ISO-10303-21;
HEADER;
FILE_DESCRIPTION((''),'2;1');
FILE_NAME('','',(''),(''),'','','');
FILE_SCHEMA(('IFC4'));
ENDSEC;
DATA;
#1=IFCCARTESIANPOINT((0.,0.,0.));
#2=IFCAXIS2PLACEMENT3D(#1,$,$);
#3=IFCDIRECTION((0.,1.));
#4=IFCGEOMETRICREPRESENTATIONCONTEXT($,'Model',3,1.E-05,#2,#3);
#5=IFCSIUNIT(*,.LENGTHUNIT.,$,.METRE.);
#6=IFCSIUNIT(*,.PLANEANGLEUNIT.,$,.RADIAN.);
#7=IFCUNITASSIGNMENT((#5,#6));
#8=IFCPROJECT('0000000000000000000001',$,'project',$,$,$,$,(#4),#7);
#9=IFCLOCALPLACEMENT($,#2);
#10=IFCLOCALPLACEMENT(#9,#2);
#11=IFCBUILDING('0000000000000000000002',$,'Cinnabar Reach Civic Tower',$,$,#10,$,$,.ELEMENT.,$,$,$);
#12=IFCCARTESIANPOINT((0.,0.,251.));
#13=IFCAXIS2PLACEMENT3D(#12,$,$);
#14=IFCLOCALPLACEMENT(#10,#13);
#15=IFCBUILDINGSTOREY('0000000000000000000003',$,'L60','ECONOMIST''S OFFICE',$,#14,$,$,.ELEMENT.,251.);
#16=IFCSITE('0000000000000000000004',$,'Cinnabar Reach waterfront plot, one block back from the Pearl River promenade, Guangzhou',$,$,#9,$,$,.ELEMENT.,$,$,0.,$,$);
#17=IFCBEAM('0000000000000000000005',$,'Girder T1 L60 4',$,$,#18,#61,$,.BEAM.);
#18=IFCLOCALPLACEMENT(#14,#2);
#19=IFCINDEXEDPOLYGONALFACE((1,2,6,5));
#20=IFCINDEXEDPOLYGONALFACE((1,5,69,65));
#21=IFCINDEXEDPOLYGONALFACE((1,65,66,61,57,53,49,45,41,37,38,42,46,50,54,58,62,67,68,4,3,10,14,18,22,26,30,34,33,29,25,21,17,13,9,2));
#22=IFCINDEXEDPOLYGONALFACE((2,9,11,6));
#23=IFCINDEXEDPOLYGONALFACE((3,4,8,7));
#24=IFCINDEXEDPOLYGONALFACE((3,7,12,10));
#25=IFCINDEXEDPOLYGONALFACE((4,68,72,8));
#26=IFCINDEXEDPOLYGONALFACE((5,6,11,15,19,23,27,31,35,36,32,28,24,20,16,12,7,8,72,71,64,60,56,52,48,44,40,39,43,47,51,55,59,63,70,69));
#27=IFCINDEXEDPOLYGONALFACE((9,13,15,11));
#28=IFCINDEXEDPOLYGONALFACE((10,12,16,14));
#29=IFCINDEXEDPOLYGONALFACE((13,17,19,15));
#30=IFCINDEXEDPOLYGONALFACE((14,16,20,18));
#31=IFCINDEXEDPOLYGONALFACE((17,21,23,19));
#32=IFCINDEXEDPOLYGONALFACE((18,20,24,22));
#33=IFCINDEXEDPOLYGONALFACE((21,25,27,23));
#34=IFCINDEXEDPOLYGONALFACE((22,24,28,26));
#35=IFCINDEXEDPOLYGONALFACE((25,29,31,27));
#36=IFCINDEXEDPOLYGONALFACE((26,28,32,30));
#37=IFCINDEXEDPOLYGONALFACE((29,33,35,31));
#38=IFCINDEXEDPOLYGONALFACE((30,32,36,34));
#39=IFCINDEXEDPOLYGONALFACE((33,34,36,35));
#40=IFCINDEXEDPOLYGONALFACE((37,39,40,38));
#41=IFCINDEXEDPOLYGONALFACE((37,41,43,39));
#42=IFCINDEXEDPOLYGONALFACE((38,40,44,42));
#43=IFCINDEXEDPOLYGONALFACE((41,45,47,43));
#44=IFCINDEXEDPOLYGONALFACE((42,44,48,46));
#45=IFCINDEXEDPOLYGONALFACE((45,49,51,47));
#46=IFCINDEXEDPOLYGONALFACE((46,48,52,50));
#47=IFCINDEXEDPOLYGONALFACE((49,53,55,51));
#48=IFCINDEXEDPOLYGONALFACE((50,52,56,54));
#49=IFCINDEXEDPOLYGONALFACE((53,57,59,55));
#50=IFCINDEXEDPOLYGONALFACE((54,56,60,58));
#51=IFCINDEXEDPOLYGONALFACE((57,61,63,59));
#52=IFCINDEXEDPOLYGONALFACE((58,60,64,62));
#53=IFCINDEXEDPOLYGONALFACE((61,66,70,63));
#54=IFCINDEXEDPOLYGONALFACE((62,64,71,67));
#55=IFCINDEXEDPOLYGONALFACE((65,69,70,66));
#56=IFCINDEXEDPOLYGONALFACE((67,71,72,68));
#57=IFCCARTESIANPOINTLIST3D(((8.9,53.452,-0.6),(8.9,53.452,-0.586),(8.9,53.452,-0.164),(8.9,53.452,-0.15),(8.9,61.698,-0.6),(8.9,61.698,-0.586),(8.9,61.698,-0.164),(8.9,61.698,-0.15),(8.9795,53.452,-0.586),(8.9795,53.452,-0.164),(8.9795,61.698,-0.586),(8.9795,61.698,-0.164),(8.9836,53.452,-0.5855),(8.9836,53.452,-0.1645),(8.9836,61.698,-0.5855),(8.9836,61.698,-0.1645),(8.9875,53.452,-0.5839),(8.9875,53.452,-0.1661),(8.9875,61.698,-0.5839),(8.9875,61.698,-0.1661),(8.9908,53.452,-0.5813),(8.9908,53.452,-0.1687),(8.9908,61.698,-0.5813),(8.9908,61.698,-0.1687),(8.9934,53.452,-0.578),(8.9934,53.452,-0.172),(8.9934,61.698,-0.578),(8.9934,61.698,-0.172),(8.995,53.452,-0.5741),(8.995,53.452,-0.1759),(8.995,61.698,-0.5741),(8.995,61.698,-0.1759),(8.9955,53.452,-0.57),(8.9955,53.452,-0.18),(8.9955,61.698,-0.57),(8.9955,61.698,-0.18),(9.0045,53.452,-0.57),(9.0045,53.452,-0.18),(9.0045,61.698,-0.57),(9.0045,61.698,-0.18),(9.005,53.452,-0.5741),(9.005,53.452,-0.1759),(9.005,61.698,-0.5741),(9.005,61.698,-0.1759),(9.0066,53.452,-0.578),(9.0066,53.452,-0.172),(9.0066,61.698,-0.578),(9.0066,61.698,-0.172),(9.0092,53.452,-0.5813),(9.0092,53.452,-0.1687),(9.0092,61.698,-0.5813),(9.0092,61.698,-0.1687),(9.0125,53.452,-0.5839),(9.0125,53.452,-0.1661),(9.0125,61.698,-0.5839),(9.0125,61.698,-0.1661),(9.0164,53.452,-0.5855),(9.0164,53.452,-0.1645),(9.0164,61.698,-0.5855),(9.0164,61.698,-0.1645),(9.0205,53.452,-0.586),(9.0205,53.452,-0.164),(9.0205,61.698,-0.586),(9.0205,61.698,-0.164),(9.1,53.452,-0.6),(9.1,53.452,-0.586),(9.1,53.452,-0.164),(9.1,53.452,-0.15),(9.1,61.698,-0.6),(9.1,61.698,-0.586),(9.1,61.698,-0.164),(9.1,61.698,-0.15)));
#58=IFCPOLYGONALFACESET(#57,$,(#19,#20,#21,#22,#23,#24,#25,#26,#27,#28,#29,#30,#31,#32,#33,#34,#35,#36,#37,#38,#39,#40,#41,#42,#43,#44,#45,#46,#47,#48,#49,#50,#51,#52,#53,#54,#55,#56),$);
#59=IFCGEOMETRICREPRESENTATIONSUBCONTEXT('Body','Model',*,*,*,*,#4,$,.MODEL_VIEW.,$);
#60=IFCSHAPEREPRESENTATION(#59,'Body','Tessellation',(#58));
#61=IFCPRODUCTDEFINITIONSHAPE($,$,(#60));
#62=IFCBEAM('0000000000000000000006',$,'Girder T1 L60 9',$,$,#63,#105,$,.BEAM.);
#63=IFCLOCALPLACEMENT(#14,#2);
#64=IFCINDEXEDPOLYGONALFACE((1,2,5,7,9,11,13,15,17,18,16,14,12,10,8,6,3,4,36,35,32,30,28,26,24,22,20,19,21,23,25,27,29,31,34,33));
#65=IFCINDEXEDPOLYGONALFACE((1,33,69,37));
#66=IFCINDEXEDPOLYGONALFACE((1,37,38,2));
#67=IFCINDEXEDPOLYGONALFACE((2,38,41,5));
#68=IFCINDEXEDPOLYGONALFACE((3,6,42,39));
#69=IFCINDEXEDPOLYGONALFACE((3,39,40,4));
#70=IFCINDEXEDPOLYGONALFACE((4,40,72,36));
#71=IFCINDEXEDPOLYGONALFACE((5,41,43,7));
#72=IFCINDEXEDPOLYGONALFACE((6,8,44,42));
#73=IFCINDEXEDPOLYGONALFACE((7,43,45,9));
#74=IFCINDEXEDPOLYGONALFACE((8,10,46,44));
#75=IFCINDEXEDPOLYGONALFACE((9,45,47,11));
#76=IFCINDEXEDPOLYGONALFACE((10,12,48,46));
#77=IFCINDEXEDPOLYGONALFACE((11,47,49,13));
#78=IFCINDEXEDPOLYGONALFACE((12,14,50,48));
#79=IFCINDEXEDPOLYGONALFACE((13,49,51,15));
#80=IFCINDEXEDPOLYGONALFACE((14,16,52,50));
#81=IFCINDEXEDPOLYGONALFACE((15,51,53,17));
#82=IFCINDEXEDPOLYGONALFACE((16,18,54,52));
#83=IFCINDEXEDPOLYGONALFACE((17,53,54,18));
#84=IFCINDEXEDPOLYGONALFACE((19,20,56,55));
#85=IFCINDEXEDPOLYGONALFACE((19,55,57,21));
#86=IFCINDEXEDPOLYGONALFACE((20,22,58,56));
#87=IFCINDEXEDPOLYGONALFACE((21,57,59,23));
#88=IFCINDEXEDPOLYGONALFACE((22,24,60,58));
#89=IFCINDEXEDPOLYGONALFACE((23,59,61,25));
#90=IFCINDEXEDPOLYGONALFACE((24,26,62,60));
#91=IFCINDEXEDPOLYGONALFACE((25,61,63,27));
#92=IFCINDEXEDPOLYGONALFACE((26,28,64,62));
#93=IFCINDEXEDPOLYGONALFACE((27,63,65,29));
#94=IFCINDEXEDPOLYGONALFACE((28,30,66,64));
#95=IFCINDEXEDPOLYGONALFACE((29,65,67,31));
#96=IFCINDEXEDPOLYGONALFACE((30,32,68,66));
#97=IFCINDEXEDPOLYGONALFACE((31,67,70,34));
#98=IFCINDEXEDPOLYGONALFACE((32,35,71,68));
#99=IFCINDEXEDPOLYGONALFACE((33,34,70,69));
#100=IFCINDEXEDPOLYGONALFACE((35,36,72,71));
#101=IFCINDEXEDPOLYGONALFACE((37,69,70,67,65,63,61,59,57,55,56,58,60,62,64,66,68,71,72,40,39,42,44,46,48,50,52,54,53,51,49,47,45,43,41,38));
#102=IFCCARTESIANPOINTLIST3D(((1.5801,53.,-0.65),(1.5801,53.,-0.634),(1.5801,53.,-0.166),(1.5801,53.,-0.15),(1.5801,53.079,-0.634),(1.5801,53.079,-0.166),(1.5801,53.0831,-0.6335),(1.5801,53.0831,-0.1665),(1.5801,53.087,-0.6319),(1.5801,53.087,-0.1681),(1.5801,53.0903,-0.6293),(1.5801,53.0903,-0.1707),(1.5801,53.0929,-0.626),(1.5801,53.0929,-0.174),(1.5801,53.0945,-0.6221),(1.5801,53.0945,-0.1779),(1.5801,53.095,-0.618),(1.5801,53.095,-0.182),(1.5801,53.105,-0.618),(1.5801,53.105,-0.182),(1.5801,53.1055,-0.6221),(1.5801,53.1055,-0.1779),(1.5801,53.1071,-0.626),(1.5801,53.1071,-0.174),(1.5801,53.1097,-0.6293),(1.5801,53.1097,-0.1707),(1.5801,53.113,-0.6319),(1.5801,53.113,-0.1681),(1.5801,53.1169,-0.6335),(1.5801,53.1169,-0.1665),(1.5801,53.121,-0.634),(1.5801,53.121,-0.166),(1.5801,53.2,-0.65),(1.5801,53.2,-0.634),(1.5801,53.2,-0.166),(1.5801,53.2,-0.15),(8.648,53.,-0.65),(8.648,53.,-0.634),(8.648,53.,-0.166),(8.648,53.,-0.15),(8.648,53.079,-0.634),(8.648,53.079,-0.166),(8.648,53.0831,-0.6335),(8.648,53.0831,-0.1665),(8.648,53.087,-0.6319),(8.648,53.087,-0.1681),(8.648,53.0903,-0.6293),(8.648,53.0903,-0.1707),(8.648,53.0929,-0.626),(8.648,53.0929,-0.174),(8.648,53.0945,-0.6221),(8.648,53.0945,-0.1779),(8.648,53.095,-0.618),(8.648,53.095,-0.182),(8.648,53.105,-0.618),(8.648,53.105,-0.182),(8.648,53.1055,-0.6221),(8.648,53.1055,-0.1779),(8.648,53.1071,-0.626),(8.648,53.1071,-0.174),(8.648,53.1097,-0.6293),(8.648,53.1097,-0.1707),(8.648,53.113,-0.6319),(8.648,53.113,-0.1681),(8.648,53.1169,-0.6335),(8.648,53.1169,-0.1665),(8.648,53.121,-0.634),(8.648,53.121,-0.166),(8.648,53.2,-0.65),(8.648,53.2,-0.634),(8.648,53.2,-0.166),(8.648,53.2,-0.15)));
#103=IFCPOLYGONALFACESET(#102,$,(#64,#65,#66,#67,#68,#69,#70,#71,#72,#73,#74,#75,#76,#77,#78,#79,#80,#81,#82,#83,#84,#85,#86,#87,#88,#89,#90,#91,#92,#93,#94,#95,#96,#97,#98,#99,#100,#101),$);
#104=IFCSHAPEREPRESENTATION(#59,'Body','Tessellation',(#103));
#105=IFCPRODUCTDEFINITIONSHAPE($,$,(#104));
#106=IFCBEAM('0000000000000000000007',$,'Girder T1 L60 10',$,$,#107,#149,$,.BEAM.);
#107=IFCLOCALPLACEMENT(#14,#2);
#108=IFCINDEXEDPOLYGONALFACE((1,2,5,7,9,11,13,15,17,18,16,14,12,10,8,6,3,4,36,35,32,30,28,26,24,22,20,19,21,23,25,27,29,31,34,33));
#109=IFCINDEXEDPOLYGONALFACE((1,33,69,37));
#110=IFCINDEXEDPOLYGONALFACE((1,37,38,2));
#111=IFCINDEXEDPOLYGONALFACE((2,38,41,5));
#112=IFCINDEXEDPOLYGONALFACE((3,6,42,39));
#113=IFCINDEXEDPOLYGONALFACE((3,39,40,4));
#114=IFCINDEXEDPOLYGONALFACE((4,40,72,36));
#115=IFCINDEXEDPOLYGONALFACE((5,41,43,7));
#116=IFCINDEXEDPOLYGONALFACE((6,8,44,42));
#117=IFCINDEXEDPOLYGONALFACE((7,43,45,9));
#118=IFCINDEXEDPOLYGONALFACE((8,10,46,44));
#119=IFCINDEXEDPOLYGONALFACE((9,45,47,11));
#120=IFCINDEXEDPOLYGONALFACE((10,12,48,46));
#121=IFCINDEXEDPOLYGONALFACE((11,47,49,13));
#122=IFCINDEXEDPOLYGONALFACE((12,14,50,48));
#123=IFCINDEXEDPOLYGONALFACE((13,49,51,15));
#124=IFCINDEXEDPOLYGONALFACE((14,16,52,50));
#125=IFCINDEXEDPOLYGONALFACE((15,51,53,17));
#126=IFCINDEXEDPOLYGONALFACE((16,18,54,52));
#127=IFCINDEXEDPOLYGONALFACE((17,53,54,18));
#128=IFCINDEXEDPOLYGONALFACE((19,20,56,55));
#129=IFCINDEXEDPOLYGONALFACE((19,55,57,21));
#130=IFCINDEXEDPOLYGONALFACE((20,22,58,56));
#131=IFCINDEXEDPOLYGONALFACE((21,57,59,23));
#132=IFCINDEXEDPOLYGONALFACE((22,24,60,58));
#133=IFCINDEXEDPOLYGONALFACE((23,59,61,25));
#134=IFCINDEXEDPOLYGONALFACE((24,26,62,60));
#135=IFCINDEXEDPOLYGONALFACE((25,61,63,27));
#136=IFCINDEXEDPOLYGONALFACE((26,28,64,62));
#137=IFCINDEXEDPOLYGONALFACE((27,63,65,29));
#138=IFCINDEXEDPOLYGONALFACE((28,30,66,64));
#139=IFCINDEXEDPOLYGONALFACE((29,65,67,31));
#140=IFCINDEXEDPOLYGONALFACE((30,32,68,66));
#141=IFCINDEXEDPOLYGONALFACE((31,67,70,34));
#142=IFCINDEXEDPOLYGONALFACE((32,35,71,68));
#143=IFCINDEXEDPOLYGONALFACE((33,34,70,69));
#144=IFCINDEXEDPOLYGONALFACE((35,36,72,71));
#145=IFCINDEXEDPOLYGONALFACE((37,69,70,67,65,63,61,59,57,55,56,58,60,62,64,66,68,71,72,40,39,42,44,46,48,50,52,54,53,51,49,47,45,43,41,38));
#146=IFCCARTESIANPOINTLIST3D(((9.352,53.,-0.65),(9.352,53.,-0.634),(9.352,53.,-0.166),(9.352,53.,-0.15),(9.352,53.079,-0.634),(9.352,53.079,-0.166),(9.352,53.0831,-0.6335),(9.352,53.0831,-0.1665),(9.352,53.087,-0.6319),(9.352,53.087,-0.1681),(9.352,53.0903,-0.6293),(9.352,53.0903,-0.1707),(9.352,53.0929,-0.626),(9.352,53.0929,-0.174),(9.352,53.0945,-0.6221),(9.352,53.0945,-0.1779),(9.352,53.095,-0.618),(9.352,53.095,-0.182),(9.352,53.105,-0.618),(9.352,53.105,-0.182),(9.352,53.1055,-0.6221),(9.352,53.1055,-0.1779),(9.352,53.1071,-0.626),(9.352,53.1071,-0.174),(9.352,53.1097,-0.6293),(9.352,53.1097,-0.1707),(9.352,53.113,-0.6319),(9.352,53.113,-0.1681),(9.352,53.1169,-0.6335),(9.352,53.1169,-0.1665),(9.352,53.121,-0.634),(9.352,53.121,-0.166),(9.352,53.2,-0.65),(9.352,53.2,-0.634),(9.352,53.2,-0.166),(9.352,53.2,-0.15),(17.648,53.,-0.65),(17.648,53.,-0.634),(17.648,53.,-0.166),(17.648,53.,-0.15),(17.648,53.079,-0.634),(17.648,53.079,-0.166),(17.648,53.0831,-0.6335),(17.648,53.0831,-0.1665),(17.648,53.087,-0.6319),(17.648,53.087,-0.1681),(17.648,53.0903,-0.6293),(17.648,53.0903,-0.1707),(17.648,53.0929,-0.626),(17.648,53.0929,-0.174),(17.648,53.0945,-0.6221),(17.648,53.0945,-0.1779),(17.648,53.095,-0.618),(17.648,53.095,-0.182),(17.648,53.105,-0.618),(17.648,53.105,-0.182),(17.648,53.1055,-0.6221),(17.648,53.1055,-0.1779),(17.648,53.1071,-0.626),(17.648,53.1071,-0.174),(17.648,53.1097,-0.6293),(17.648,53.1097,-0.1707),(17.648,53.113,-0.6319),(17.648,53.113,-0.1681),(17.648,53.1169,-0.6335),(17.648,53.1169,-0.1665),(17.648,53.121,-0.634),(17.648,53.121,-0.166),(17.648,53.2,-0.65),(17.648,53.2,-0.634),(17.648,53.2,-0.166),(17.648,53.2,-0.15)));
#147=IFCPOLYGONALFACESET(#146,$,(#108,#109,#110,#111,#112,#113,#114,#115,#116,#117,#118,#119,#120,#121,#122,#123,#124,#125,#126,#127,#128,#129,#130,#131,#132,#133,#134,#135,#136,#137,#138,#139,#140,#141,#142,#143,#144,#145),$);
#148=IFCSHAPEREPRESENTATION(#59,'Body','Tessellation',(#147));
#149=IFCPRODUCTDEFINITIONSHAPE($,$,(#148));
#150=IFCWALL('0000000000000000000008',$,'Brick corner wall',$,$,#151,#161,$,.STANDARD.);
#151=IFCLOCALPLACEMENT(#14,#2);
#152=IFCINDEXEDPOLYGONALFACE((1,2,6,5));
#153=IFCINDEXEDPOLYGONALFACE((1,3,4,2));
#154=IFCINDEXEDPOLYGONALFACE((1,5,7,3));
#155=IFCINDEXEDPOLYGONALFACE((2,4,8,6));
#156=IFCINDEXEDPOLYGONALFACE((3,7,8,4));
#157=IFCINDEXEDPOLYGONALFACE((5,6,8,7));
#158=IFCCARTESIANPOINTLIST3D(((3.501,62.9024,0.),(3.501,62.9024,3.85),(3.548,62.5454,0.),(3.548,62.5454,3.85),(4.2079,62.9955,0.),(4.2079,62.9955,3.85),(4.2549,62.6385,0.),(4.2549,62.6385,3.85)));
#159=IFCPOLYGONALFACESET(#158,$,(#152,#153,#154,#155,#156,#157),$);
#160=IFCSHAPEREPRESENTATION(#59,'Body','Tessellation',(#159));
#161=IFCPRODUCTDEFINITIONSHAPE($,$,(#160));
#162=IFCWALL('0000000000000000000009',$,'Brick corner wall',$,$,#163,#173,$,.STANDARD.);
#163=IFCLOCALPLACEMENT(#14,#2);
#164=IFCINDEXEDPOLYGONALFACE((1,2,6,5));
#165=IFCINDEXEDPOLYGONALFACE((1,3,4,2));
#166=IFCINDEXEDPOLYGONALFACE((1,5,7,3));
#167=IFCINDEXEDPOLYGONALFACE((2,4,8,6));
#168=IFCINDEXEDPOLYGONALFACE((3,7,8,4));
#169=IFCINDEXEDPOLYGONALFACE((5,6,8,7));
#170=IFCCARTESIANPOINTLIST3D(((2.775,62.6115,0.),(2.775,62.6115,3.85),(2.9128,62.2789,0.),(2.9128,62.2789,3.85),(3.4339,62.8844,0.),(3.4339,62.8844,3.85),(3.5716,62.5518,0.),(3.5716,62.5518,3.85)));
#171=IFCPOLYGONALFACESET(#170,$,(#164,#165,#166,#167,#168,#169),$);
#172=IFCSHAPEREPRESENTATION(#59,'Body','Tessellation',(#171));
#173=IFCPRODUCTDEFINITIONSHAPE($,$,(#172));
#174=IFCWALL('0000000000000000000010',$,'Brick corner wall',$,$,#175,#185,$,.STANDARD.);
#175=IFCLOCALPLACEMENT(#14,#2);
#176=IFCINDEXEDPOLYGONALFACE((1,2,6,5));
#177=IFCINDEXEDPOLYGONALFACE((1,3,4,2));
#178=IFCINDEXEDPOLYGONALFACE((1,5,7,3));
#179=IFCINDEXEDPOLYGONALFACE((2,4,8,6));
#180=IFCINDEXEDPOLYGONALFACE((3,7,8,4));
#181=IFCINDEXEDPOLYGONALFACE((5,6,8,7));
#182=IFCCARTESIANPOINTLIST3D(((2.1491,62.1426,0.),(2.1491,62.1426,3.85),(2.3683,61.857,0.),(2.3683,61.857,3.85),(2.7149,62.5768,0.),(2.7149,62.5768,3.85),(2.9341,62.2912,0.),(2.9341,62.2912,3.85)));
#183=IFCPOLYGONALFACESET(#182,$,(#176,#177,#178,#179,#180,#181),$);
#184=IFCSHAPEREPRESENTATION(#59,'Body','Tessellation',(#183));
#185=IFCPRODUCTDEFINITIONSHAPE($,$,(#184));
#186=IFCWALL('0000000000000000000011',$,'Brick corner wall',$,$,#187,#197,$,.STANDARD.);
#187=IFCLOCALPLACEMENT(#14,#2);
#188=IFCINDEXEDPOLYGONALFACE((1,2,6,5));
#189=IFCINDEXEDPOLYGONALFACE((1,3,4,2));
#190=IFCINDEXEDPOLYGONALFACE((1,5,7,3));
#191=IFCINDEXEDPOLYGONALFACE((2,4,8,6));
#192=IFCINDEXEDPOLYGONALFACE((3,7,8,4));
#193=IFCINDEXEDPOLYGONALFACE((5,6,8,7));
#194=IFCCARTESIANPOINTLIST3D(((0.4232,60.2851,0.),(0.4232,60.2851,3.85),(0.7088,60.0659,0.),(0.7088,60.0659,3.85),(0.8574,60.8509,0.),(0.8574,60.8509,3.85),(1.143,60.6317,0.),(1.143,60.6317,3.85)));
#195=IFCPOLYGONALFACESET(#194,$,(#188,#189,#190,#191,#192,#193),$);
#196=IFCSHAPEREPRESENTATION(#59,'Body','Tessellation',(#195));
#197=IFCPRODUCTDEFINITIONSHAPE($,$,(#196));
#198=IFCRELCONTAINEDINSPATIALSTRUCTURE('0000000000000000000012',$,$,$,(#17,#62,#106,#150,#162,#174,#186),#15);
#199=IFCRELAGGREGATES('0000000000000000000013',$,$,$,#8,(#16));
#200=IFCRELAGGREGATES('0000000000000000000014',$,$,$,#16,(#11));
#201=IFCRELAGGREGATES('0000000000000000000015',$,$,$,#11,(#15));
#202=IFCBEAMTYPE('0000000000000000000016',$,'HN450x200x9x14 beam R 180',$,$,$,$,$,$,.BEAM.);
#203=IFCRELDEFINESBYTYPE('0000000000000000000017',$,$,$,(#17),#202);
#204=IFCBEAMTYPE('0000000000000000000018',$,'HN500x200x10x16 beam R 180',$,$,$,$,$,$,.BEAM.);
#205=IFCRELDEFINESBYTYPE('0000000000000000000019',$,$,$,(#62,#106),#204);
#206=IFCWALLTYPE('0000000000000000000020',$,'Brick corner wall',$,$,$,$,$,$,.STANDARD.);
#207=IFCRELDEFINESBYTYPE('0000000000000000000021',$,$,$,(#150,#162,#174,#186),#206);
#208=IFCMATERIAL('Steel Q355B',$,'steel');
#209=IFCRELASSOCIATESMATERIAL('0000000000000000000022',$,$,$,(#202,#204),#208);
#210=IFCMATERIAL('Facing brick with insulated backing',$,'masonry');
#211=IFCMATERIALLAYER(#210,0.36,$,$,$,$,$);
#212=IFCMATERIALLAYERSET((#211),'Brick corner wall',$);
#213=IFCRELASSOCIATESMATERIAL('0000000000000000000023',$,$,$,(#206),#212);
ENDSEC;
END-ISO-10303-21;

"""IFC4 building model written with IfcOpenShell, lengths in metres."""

from ifc_helpers import new_model, si_unit, direction, frame, frame_2d, origin, origin_2d, place, context, subcontext, project, spatial, rectangle, i_section, extrude, material, layer, layer_set, material_profile, profile_set, type_object, element, save


model = new_model("IFC4")

# Units and contexts
model_context = context("Model", 3, precision=1e-05, world=origin(), true_north=direction((0.0, 1.0)))
body_context = subcontext(model_context, "Body", "Model", "MODEL_VIEW")
ifc_project = project(units=[si_unit("LENGTHUNIT", "METRE"), si_unit("PLANEANGLEUNIT", "RADIAN")], contexts=[model_context])

# Site, building, storey
site_placement = place(None, origin())
site = spatial("IfcSite", under=ifc_project, at=site_placement, Name="Cinnabar Reach waterfront plot, one block back from the Pearl River promenade, Guangzhou", CompositionType="ELEMENT", RefElevation=0.0)
building_placement = place(site_placement, origin())
building = spatial("IfcBuilding", under=site, at=building_placement, Name="Cinnabar Reach Civic Tower", CompositionType="ELEMENT")
storey_placement = place(building_placement, frame((0.0, 0.0, 251.0)))
storey = spatial("IfcBuildingStorey", under=building, at=storey_placement, Name="L60", Description="ECONOMIST'S OFFICE", CompositionType="ELEMENT", Elevation=251.0)

# Beams
ifc_material_1 = material(Name="Steel Q355B", Category="steel")
ifc_material_profile_1 = material_profile(ifc_material_1, i_section(OverallWidth=0.2, OverallDepth=0.45, WebThickness=0.009, FlangeThickness=0.014, FilletRadius=0.016, at=origin_2d()), Name="HN450x200x9x14")
ifc_profile_set_1 = profile_set([ifc_material_profile_1], Name="Steel Q355B")
beam_type_1 = type_object("IfcBeamType", Name="HN450x200x9x14 beam R 180", PredefinedType="BEAM", material=ifc_profile_set_1)
beam_1_placement = place(storey_placement, frame((9.0, 53.452, -0.375), z_axis=(0.0, 1.0, 0.0), x_axis=(-1.0, 0.0, 0.0)))
element("IfcBeam", 1, at=beam_1_placement, inside=storey, type_object=beam_type_1, Name="Girder T1 L60 4", PredefinedType="BEAM", context=body_context, shape_type="SweptSolid", body=[
    extrude(i_section(OverallWidth=0.2, OverallDepth=0.45, WebThickness=0.009, FlangeThickness=0.014, FilletRadius=0.016, at=origin_2d()), origin(), (0.0, 0.0, 1.0), 8.246),
])
ifc_material_profile_2 = material_profile(ifc_material_1, i_section(OverallWidth=0.2, OverallDepth=0.5, WebThickness=0.01, FlangeThickness=0.016, FilletRadius=0.016, at=origin_2d()), Name="HN500x200x10x16")
ifc_profile_set_2 = profile_set([ifc_material_profile_2], Name="Steel Q355B")
beam_type_2 = type_object("IfcBeamType", Name="HN500x200x10x16 beam R 180", PredefinedType="BEAM", material=ifc_profile_set_2)
beam_2_placement = place(storey_placement, frame((1.5801, 53.1, -0.4), z_axis=(1.0, 0.0, 0.0), x_axis=(0.0, 1.0, 0.0)))
element("IfcBeam", 2, at=beam_2_placement, inside=storey, type_object=beam_type_2, Name="Girder T1 L60 9", PredefinedType="BEAM", context=body_context, shape_type="SweptSolid", body=[
    extrude(i_section(OverallWidth=0.2, OverallDepth=0.5, WebThickness=0.01, FlangeThickness=0.016, FilletRadius=0.016, at=origin_2d()), origin(), (0.0, 0.0, 1.0), 7.0679),
])
beam_3_placement = place(storey_placement, frame((9.352, 53.1, -0.4), z_axis=(1.0, 0.0, 0.0), x_axis=(0.0, 1.0, 0.0)))
element("IfcBeam", 3, at=beam_3_placement, inside=storey, type_object=beam_type_2, Name="Girder T1 L60 10", PredefinedType="BEAM", context=body_context, shape_type="SweptSolid", body=[
    extrude(i_section(OverallWidth=0.2, OverallDepth=0.5, WebThickness=0.01, FlangeThickness=0.016, FilletRadius=0.016, at=origin_2d()), origin(), (0.0, 0.0, 1.0), 8.296),
])

# Walls
ifc_material_2 = material(Name="Facing brick with insulated backing", Category="masonry")
ifc_layer_1 = layer(ifc_material_2, 0.36)
ifc_layer_set_1 = layer_set([ifc_layer_1], Name="Brick corner wall")
wall_type_1 = type_object("IfcWallType", Name="Brick corner wall", PredefinedType="STANDARD", material=ifc_layer_set_1)
for number, where, z_axis, x_axis, name in (
    (4, (4.2314, 62.817, 0.0), (0.0, 0.0, 1.0), (-0.991441, -0.130556, 0.0), "Brick corner wall"),
    (5, (3.5027, 62.7181, 0.0), (0.0, 0.0, 1.0), (-0.923872, -0.382703, 0.0), "Brick corner wall"),
):
    element("IfcWall", number, at=place(storey_placement, frame(where, z_axis=z_axis, x_axis=x_axis)), inside=storey, type_object=wall_type_1, Name=name, PredefinedType="STANDARD", context=body_context, shape_type="SweptSolid", body=[
        extrude(rectangle(XDim=0.7131, YDim=0.36, at=frame_2d((0.3565, 0.0))), origin(), (0.0, 0.0, 1.0), 3.85),
    ])
for number, where, z_axis, x_axis, name in (
    (6, (2.8245, 62.434, 0.0), (0.0, 0.0, 1.0), (-0.793322, -0.608802, 0.0), "Brick corner wall"),
    (7, (1.0002, 60.7413, 0.0), (0.0, 0.0, 1.0), (-0.608802, -0.793322, 0.0), "Brick corner wall"),
):
    element("IfcWall", number, at=place(storey_placement, frame(where, z_axis=z_axis, x_axis=x_axis)), inside=storey, type_object=wall_type_1, Name=name, PredefinedType="STANDARD", context=body_context, shape_type="SweptSolid", body=[
        extrude(rectangle(XDim=0.7132, YDim=0.36, at=frame_2d((0.3566, 0.0))), origin(), (0.0, 0.0, 1.0), 3.85),
    ])

save(model, "model.ifc")
